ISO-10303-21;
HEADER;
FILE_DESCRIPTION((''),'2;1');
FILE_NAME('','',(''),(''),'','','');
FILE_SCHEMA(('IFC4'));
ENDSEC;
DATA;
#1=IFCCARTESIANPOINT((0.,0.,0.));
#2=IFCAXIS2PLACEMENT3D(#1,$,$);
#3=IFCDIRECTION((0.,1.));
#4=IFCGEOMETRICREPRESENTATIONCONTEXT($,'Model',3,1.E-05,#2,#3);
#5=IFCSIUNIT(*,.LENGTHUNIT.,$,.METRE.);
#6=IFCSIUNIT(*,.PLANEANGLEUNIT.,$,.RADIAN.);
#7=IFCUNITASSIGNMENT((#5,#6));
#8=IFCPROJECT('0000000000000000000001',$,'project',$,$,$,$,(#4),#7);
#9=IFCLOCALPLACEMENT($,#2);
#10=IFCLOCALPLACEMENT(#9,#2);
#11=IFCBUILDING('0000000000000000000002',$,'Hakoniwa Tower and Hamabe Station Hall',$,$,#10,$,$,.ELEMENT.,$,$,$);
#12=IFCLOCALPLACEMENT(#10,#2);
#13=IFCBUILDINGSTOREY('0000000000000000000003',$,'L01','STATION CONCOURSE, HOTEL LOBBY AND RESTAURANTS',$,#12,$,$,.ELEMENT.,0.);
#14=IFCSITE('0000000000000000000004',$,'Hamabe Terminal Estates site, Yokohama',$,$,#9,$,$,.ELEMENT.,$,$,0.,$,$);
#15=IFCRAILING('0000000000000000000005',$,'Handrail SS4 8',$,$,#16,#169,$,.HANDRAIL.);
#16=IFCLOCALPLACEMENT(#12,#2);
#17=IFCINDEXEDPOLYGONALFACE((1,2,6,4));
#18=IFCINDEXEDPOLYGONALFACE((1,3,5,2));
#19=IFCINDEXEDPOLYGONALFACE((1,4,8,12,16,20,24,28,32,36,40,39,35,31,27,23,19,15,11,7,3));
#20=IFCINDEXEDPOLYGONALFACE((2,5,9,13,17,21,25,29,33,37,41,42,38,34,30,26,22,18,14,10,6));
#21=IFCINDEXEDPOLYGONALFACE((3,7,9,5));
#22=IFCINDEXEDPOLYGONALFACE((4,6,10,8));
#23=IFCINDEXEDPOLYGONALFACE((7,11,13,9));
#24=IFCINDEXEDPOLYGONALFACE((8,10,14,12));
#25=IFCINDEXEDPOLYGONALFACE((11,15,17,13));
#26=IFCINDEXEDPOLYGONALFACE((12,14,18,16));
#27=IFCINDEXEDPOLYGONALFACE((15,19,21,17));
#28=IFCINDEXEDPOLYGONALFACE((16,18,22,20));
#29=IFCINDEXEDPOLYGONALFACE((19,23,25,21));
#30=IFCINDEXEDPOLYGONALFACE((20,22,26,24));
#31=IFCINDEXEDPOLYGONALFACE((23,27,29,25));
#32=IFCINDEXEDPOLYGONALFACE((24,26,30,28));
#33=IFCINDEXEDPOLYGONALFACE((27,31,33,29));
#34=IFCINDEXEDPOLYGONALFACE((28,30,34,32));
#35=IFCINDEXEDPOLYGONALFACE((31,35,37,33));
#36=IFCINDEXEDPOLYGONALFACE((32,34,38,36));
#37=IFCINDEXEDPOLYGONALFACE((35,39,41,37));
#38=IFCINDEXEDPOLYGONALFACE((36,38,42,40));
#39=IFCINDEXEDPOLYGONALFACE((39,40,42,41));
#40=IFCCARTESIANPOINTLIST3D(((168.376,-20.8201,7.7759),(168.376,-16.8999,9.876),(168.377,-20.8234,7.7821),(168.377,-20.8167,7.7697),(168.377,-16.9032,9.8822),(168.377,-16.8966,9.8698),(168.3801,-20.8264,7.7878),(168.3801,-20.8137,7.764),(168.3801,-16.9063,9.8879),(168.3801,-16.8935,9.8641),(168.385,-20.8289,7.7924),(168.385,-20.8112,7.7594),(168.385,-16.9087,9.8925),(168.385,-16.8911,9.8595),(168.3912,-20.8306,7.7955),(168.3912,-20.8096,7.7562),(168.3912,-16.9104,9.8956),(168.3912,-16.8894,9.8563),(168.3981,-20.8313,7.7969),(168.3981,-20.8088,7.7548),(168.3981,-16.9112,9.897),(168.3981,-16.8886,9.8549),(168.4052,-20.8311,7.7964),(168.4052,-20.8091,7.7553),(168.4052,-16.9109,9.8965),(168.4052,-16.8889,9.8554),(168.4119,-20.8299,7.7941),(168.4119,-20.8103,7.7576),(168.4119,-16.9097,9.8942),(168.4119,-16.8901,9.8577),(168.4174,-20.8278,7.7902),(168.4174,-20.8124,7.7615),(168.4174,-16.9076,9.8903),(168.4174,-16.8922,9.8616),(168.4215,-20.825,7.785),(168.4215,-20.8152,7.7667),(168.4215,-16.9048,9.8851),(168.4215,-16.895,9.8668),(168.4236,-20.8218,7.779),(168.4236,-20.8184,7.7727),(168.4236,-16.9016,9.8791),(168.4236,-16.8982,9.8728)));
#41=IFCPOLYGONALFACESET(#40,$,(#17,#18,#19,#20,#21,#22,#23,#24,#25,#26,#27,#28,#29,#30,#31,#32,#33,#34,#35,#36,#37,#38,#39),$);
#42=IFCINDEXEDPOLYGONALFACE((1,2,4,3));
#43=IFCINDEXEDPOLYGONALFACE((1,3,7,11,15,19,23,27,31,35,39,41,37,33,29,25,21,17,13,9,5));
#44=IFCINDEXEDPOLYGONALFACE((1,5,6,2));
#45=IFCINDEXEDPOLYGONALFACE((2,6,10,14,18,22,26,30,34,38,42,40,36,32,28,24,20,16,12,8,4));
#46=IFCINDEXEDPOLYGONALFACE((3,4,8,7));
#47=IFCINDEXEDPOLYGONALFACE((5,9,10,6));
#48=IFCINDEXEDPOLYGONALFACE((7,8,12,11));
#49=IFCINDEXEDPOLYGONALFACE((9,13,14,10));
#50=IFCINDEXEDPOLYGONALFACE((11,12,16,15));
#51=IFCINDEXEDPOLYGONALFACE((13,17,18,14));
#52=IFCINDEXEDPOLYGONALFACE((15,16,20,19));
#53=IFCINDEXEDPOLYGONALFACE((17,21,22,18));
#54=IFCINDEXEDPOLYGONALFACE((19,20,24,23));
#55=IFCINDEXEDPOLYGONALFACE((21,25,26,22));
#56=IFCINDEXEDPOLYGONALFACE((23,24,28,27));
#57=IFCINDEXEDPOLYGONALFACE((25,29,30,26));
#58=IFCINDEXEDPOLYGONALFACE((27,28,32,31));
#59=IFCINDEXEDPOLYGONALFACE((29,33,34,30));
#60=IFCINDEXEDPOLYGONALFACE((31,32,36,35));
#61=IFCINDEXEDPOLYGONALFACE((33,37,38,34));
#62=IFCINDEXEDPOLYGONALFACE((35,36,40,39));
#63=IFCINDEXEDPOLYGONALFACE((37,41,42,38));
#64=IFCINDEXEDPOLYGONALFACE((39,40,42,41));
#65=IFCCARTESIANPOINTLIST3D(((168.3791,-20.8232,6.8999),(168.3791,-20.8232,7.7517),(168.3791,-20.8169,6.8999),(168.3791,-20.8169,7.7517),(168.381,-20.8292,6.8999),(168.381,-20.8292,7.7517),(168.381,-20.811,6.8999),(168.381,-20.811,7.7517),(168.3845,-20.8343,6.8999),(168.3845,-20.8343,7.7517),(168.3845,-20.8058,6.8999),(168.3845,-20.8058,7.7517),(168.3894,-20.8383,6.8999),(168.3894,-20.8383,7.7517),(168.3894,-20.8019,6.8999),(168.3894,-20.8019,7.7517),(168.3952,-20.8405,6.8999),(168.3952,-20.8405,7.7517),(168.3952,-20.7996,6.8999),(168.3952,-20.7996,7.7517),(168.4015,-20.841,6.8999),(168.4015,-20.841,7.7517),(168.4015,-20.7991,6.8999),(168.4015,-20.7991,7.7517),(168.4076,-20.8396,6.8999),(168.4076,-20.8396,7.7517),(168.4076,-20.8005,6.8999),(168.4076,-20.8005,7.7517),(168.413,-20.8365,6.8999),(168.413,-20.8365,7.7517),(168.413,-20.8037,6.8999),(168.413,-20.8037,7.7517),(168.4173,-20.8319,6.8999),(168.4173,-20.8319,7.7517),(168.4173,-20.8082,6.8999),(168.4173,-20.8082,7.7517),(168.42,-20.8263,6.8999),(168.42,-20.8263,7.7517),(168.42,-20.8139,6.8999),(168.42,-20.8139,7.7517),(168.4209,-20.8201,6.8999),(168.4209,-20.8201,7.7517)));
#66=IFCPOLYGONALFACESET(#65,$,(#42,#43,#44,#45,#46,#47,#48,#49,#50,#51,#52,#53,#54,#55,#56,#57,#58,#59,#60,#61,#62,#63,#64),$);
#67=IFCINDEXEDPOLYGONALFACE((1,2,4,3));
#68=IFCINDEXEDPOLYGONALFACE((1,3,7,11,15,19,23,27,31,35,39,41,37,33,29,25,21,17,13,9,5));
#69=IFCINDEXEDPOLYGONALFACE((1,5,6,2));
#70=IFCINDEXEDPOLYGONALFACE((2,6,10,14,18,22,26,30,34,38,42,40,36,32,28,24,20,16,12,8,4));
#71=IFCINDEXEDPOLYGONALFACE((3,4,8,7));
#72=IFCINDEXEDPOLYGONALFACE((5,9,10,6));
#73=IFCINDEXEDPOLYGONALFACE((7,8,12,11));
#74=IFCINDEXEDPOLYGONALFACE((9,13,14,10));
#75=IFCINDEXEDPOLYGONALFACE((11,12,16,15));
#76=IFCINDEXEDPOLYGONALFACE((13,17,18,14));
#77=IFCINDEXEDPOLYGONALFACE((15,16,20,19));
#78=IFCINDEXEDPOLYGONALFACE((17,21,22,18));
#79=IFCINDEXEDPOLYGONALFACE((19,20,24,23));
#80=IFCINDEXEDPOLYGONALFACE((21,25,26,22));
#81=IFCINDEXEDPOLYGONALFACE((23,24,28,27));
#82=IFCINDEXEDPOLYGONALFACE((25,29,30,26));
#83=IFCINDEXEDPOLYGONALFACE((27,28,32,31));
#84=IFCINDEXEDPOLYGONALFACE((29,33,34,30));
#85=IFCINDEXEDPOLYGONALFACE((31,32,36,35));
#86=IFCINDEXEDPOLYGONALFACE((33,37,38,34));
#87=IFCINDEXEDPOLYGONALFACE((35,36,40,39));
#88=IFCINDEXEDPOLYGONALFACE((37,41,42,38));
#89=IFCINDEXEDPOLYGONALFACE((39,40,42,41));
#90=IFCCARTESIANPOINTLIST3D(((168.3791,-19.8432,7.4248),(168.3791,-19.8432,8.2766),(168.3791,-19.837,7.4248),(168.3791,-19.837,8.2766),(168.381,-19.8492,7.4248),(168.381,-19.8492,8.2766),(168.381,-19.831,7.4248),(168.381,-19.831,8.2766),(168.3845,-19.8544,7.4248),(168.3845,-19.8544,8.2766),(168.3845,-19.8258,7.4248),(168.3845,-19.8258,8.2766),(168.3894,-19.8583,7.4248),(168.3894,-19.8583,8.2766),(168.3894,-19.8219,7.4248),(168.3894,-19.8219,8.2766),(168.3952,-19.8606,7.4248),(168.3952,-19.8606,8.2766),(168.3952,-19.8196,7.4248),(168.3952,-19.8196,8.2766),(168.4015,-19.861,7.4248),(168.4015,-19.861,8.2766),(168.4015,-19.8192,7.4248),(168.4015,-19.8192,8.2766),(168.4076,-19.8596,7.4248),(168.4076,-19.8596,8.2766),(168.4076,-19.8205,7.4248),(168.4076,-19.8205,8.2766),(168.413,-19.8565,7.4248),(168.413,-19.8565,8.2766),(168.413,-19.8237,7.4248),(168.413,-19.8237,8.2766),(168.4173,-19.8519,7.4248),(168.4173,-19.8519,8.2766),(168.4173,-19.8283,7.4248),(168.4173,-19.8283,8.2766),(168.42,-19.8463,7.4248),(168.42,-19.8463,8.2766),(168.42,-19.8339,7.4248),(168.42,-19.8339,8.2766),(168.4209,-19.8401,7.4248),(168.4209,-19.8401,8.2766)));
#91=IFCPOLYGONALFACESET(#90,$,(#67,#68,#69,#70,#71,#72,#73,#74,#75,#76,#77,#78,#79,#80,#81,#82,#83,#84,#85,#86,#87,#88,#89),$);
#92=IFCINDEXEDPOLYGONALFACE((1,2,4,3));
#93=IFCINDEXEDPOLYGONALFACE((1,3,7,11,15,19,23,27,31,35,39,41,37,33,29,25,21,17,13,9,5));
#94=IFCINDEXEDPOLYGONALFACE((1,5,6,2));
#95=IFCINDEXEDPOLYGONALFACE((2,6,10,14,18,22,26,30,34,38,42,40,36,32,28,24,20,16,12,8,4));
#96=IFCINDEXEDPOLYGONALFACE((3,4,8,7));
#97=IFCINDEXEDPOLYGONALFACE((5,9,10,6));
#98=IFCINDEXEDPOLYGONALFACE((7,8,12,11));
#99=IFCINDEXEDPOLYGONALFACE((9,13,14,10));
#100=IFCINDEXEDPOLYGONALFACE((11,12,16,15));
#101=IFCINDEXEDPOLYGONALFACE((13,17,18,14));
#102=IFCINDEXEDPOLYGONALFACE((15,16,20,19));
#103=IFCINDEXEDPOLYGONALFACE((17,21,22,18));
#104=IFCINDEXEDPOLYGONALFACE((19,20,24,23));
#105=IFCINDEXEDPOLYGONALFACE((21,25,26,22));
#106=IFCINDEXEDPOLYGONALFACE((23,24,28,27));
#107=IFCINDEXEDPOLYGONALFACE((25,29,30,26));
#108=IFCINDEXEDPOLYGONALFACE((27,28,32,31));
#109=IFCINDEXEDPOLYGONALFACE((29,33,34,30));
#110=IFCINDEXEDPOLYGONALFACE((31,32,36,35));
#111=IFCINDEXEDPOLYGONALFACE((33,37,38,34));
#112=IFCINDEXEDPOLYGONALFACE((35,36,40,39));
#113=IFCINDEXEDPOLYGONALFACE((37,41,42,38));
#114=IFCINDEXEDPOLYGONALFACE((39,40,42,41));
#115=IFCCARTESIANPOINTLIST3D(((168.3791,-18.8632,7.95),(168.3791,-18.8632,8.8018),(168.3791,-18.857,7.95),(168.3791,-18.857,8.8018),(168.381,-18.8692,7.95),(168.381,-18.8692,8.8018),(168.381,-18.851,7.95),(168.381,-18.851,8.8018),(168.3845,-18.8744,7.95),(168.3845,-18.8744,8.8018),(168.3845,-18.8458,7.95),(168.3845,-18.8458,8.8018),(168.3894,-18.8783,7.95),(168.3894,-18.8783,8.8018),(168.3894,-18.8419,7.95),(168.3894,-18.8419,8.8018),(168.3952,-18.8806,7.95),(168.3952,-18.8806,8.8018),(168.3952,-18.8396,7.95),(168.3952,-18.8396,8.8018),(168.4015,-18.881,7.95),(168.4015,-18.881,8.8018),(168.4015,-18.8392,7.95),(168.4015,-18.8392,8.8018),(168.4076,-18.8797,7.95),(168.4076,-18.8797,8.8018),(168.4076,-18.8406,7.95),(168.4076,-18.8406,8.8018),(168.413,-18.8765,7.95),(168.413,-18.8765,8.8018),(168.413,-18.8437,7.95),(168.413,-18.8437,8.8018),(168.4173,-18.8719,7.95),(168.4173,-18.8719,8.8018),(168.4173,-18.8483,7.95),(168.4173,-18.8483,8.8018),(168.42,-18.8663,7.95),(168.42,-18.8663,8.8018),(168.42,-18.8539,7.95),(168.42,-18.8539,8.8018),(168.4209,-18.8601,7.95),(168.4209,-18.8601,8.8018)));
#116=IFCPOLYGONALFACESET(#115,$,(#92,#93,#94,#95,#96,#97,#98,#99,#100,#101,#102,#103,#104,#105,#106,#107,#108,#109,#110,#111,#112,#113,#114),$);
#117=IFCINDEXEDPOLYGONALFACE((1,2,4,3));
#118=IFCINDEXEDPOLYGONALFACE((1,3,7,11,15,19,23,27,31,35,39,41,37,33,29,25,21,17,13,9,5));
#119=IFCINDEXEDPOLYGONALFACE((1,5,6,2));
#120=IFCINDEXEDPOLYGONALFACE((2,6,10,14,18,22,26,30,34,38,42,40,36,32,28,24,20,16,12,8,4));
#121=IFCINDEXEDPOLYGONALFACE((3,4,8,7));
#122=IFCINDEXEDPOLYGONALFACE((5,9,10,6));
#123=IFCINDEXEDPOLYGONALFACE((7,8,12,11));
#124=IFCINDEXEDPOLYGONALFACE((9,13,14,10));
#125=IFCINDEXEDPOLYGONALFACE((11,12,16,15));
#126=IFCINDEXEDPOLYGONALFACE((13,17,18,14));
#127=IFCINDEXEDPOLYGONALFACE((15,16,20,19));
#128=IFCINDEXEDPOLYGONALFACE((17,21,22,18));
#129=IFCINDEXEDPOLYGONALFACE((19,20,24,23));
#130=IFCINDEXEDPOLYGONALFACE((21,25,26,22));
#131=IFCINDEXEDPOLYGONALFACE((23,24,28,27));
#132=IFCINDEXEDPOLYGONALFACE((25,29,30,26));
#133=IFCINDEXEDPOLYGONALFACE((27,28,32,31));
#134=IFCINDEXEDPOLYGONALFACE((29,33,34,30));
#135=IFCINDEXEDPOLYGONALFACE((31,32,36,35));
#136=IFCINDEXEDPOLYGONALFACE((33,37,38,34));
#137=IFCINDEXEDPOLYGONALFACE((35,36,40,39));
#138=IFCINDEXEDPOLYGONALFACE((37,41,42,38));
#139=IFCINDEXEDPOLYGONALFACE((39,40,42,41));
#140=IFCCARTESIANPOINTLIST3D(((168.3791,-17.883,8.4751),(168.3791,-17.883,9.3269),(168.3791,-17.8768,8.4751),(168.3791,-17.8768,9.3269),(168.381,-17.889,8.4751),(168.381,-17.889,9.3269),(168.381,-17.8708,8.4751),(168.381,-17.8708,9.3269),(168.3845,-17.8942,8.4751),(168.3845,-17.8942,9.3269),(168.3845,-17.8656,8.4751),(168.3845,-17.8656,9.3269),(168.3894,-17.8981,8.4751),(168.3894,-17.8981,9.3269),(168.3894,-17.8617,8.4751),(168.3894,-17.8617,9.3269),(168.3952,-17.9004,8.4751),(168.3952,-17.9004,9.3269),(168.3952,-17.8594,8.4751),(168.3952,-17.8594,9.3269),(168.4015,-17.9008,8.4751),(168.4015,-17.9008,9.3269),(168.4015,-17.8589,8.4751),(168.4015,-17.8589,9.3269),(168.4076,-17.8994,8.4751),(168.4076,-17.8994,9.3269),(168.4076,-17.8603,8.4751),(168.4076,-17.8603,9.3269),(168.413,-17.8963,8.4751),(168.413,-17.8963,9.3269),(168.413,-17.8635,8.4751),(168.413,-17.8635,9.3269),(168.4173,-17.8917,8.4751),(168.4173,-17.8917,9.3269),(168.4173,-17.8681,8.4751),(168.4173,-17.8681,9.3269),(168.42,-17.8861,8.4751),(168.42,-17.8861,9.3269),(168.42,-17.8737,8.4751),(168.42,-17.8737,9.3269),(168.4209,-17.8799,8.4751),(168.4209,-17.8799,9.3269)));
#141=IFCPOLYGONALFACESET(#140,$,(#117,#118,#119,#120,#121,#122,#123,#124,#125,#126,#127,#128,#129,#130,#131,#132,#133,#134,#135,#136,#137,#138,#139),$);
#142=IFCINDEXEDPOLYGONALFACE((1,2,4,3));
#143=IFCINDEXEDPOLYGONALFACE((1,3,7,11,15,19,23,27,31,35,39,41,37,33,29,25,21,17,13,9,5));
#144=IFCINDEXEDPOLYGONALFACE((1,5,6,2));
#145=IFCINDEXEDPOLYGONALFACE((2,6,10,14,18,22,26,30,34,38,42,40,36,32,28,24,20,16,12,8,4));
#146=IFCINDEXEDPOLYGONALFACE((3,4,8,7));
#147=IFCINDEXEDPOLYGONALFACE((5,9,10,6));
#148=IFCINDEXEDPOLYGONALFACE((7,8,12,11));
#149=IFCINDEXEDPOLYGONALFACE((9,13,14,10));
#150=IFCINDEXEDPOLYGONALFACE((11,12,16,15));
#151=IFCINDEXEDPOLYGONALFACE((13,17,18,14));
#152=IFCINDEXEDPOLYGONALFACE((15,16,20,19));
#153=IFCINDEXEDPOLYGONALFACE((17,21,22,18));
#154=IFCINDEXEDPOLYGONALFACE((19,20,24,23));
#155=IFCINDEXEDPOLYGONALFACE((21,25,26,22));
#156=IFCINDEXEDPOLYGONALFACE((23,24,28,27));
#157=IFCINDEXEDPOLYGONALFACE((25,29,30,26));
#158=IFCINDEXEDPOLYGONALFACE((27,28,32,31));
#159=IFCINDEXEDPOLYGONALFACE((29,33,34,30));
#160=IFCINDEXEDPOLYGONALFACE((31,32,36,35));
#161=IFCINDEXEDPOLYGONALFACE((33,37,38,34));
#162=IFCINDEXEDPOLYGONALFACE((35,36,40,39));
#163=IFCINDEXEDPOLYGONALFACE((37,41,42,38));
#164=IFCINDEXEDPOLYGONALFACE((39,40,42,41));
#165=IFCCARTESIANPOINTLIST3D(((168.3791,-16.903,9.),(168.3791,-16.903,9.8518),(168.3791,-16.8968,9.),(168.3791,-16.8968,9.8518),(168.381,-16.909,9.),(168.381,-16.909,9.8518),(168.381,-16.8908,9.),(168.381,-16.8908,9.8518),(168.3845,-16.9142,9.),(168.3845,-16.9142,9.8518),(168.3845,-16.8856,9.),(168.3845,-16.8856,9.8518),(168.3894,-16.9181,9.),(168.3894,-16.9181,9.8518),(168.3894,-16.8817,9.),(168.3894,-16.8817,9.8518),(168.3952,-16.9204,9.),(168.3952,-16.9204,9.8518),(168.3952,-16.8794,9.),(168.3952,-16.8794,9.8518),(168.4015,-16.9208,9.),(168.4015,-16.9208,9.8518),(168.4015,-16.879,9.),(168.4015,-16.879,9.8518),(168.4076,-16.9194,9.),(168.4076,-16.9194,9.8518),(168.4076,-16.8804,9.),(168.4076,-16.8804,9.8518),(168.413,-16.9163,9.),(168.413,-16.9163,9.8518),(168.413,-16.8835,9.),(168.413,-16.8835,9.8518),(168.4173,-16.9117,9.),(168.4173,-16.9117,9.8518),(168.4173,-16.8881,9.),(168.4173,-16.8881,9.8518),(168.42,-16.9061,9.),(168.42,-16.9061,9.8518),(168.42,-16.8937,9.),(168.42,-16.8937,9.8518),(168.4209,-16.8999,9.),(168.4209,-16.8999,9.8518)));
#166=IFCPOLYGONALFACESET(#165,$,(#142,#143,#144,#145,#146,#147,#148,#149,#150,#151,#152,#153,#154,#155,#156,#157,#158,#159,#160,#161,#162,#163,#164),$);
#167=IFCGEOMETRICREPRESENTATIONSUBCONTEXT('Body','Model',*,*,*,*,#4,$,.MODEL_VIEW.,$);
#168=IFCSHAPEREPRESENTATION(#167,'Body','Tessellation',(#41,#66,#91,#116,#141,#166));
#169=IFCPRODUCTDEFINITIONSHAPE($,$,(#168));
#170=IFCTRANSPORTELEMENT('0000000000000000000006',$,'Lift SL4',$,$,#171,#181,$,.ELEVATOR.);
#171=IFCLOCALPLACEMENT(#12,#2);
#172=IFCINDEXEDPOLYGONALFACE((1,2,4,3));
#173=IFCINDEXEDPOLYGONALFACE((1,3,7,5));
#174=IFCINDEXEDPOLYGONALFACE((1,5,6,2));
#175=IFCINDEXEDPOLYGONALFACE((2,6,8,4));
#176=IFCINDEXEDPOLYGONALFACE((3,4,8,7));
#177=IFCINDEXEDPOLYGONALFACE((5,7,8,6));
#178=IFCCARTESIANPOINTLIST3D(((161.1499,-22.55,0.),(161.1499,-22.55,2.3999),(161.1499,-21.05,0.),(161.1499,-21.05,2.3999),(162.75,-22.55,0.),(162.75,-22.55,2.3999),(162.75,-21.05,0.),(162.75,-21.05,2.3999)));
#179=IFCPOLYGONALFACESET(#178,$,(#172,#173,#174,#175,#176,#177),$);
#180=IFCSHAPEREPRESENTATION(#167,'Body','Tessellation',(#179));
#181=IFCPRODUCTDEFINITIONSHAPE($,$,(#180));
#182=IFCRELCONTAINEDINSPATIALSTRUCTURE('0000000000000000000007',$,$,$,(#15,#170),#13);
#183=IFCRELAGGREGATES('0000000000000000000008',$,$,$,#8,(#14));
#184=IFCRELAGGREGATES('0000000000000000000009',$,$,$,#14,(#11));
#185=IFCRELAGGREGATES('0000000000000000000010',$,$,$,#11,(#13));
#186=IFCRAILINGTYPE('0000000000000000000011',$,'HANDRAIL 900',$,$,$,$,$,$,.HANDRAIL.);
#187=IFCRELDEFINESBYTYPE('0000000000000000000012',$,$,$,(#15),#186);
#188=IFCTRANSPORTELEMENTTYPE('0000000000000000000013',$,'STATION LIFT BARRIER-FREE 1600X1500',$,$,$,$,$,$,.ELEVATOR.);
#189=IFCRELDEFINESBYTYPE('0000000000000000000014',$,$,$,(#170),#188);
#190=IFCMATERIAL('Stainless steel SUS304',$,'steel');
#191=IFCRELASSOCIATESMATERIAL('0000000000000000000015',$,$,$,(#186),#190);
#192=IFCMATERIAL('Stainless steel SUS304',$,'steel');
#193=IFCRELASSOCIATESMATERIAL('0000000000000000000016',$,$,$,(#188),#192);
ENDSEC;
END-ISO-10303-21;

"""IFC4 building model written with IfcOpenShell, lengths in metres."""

from ifc_helpers import new_model, si_unit, direction, frame, origin, origin_2d, place, context, subcontext, project, spatial, rectangle, circle, extrude, material, type_object, element, save


model = new_model("IFC4")

# Units and contexts
model_context = context("Model", 3, precision=1e-05, world=origin(), true_north=direction((0.0, 1.0)))
body_context = subcontext(model_context, "Body", "Model", "MODEL_VIEW")
ifc_project = project(units=[si_unit("LENGTHUNIT", "METRE"), si_unit("PLANEANGLEUNIT", "RADIAN")], contexts=[model_context])

# Site, building, storey
site_placement = place(None, origin())
site = spatial("IfcSite", under=ifc_project, at=site_placement, Name="Hamabe Terminal Estates site, Yokohama", CompositionType="ELEMENT", RefElevation=0.0)
building_placement = place(site_placement, origin())
building = spatial("IfcBuilding", under=site, at=building_placement, Name="Hakoniwa Tower and Hamabe Station Hall", CompositionType="ELEMENT")
storey_placement = place(building_placement, origin())
storey = spatial("IfcBuildingStorey", under=building, at=storey_placement, Name="L01", Description="STATION CONCOURSE, HOTEL LOBBY AND RESTAURANTS", CompositionType="ELEMENT", Elevation=0.0)

# Railing
ifc_material_1 = material(Name="Stainless steel SUS304", Category="steel")
railing_type = type_object("IfcRailingType", Name="HANDRAIL 900", PredefinedType="HANDRAIL", material=ifc_material_1)
for number, where, name in (
    (1, (168.3999, -20.8201, 6.8999), "Handrail SS4 8"),
):
    element("IfcRailing", number, at=place(storey_placement, frame(where)), inside=storey, type_object=railing_type, Name=name, PredefinedType="HANDRAIL", context=body_context, shape_type="SweptSolid", body=[
        extrude(circle(Radius=0.0239, at=origin_2d()), frame((0.0, 0.0, 0.876), z_axis=(0.0, 0.881479, 0.472223), x_axis=(-1.0, 0.0, 0.0)), (0.0, 0.0, 1.0), 4.4473),
        extrude(circle(Radius=0.021, at=origin_2d()), origin(), (0.0, 0.0, 1.0), 0.8518),
        extrude(circle(Radius=0.021, at=origin_2d()), frame((0.0, 0.98, 0.5249)), (0.0, 0.0, 1.0), 0.8518),
        extrude(circle(Radius=0.021, at=origin_2d()), frame((0.0, 1.96, 1.05)), (0.0, 0.0, 1.0), 0.8518),
        extrude(circle(Radius=0.021, at=origin_2d()), frame((0.0, 2.9402, 1.5752)), (0.0, 0.0, 1.0), 0.8518),
        extrude(circle(Radius=0.021, at=origin_2d()), frame((0.0, 3.9202, 2.1001)), (0.0, 0.0, 1.0), 0.8518),
    ])

# Transport element
ifc_material_2 = material(Name="Stainless steel SUS304", Category="steel")
transport_element_type = type_object("IfcTransportElementType", Name="STATION LIFT BARRIER-FREE 1600X1500", PredefinedType="ELEVATOR", material=ifc_material_2)
transport_element_placement = place(storey_placement, frame((161.95, -21.8, 0.0)))
element("IfcTransportElement", 2, at=transport_element_placement, inside=storey, type_object=transport_element_type, Name="Lift SL4", PredefinedType="ELEVATOR", context=body_context, shape_type="SweptSolid", body=[
    extrude(rectangle(XDim=1.6001, YDim=1.5, at=origin_2d()), origin(), (0.0, 0.0, 1.0), 2.3999),
])

save(model, "model.ifc")
